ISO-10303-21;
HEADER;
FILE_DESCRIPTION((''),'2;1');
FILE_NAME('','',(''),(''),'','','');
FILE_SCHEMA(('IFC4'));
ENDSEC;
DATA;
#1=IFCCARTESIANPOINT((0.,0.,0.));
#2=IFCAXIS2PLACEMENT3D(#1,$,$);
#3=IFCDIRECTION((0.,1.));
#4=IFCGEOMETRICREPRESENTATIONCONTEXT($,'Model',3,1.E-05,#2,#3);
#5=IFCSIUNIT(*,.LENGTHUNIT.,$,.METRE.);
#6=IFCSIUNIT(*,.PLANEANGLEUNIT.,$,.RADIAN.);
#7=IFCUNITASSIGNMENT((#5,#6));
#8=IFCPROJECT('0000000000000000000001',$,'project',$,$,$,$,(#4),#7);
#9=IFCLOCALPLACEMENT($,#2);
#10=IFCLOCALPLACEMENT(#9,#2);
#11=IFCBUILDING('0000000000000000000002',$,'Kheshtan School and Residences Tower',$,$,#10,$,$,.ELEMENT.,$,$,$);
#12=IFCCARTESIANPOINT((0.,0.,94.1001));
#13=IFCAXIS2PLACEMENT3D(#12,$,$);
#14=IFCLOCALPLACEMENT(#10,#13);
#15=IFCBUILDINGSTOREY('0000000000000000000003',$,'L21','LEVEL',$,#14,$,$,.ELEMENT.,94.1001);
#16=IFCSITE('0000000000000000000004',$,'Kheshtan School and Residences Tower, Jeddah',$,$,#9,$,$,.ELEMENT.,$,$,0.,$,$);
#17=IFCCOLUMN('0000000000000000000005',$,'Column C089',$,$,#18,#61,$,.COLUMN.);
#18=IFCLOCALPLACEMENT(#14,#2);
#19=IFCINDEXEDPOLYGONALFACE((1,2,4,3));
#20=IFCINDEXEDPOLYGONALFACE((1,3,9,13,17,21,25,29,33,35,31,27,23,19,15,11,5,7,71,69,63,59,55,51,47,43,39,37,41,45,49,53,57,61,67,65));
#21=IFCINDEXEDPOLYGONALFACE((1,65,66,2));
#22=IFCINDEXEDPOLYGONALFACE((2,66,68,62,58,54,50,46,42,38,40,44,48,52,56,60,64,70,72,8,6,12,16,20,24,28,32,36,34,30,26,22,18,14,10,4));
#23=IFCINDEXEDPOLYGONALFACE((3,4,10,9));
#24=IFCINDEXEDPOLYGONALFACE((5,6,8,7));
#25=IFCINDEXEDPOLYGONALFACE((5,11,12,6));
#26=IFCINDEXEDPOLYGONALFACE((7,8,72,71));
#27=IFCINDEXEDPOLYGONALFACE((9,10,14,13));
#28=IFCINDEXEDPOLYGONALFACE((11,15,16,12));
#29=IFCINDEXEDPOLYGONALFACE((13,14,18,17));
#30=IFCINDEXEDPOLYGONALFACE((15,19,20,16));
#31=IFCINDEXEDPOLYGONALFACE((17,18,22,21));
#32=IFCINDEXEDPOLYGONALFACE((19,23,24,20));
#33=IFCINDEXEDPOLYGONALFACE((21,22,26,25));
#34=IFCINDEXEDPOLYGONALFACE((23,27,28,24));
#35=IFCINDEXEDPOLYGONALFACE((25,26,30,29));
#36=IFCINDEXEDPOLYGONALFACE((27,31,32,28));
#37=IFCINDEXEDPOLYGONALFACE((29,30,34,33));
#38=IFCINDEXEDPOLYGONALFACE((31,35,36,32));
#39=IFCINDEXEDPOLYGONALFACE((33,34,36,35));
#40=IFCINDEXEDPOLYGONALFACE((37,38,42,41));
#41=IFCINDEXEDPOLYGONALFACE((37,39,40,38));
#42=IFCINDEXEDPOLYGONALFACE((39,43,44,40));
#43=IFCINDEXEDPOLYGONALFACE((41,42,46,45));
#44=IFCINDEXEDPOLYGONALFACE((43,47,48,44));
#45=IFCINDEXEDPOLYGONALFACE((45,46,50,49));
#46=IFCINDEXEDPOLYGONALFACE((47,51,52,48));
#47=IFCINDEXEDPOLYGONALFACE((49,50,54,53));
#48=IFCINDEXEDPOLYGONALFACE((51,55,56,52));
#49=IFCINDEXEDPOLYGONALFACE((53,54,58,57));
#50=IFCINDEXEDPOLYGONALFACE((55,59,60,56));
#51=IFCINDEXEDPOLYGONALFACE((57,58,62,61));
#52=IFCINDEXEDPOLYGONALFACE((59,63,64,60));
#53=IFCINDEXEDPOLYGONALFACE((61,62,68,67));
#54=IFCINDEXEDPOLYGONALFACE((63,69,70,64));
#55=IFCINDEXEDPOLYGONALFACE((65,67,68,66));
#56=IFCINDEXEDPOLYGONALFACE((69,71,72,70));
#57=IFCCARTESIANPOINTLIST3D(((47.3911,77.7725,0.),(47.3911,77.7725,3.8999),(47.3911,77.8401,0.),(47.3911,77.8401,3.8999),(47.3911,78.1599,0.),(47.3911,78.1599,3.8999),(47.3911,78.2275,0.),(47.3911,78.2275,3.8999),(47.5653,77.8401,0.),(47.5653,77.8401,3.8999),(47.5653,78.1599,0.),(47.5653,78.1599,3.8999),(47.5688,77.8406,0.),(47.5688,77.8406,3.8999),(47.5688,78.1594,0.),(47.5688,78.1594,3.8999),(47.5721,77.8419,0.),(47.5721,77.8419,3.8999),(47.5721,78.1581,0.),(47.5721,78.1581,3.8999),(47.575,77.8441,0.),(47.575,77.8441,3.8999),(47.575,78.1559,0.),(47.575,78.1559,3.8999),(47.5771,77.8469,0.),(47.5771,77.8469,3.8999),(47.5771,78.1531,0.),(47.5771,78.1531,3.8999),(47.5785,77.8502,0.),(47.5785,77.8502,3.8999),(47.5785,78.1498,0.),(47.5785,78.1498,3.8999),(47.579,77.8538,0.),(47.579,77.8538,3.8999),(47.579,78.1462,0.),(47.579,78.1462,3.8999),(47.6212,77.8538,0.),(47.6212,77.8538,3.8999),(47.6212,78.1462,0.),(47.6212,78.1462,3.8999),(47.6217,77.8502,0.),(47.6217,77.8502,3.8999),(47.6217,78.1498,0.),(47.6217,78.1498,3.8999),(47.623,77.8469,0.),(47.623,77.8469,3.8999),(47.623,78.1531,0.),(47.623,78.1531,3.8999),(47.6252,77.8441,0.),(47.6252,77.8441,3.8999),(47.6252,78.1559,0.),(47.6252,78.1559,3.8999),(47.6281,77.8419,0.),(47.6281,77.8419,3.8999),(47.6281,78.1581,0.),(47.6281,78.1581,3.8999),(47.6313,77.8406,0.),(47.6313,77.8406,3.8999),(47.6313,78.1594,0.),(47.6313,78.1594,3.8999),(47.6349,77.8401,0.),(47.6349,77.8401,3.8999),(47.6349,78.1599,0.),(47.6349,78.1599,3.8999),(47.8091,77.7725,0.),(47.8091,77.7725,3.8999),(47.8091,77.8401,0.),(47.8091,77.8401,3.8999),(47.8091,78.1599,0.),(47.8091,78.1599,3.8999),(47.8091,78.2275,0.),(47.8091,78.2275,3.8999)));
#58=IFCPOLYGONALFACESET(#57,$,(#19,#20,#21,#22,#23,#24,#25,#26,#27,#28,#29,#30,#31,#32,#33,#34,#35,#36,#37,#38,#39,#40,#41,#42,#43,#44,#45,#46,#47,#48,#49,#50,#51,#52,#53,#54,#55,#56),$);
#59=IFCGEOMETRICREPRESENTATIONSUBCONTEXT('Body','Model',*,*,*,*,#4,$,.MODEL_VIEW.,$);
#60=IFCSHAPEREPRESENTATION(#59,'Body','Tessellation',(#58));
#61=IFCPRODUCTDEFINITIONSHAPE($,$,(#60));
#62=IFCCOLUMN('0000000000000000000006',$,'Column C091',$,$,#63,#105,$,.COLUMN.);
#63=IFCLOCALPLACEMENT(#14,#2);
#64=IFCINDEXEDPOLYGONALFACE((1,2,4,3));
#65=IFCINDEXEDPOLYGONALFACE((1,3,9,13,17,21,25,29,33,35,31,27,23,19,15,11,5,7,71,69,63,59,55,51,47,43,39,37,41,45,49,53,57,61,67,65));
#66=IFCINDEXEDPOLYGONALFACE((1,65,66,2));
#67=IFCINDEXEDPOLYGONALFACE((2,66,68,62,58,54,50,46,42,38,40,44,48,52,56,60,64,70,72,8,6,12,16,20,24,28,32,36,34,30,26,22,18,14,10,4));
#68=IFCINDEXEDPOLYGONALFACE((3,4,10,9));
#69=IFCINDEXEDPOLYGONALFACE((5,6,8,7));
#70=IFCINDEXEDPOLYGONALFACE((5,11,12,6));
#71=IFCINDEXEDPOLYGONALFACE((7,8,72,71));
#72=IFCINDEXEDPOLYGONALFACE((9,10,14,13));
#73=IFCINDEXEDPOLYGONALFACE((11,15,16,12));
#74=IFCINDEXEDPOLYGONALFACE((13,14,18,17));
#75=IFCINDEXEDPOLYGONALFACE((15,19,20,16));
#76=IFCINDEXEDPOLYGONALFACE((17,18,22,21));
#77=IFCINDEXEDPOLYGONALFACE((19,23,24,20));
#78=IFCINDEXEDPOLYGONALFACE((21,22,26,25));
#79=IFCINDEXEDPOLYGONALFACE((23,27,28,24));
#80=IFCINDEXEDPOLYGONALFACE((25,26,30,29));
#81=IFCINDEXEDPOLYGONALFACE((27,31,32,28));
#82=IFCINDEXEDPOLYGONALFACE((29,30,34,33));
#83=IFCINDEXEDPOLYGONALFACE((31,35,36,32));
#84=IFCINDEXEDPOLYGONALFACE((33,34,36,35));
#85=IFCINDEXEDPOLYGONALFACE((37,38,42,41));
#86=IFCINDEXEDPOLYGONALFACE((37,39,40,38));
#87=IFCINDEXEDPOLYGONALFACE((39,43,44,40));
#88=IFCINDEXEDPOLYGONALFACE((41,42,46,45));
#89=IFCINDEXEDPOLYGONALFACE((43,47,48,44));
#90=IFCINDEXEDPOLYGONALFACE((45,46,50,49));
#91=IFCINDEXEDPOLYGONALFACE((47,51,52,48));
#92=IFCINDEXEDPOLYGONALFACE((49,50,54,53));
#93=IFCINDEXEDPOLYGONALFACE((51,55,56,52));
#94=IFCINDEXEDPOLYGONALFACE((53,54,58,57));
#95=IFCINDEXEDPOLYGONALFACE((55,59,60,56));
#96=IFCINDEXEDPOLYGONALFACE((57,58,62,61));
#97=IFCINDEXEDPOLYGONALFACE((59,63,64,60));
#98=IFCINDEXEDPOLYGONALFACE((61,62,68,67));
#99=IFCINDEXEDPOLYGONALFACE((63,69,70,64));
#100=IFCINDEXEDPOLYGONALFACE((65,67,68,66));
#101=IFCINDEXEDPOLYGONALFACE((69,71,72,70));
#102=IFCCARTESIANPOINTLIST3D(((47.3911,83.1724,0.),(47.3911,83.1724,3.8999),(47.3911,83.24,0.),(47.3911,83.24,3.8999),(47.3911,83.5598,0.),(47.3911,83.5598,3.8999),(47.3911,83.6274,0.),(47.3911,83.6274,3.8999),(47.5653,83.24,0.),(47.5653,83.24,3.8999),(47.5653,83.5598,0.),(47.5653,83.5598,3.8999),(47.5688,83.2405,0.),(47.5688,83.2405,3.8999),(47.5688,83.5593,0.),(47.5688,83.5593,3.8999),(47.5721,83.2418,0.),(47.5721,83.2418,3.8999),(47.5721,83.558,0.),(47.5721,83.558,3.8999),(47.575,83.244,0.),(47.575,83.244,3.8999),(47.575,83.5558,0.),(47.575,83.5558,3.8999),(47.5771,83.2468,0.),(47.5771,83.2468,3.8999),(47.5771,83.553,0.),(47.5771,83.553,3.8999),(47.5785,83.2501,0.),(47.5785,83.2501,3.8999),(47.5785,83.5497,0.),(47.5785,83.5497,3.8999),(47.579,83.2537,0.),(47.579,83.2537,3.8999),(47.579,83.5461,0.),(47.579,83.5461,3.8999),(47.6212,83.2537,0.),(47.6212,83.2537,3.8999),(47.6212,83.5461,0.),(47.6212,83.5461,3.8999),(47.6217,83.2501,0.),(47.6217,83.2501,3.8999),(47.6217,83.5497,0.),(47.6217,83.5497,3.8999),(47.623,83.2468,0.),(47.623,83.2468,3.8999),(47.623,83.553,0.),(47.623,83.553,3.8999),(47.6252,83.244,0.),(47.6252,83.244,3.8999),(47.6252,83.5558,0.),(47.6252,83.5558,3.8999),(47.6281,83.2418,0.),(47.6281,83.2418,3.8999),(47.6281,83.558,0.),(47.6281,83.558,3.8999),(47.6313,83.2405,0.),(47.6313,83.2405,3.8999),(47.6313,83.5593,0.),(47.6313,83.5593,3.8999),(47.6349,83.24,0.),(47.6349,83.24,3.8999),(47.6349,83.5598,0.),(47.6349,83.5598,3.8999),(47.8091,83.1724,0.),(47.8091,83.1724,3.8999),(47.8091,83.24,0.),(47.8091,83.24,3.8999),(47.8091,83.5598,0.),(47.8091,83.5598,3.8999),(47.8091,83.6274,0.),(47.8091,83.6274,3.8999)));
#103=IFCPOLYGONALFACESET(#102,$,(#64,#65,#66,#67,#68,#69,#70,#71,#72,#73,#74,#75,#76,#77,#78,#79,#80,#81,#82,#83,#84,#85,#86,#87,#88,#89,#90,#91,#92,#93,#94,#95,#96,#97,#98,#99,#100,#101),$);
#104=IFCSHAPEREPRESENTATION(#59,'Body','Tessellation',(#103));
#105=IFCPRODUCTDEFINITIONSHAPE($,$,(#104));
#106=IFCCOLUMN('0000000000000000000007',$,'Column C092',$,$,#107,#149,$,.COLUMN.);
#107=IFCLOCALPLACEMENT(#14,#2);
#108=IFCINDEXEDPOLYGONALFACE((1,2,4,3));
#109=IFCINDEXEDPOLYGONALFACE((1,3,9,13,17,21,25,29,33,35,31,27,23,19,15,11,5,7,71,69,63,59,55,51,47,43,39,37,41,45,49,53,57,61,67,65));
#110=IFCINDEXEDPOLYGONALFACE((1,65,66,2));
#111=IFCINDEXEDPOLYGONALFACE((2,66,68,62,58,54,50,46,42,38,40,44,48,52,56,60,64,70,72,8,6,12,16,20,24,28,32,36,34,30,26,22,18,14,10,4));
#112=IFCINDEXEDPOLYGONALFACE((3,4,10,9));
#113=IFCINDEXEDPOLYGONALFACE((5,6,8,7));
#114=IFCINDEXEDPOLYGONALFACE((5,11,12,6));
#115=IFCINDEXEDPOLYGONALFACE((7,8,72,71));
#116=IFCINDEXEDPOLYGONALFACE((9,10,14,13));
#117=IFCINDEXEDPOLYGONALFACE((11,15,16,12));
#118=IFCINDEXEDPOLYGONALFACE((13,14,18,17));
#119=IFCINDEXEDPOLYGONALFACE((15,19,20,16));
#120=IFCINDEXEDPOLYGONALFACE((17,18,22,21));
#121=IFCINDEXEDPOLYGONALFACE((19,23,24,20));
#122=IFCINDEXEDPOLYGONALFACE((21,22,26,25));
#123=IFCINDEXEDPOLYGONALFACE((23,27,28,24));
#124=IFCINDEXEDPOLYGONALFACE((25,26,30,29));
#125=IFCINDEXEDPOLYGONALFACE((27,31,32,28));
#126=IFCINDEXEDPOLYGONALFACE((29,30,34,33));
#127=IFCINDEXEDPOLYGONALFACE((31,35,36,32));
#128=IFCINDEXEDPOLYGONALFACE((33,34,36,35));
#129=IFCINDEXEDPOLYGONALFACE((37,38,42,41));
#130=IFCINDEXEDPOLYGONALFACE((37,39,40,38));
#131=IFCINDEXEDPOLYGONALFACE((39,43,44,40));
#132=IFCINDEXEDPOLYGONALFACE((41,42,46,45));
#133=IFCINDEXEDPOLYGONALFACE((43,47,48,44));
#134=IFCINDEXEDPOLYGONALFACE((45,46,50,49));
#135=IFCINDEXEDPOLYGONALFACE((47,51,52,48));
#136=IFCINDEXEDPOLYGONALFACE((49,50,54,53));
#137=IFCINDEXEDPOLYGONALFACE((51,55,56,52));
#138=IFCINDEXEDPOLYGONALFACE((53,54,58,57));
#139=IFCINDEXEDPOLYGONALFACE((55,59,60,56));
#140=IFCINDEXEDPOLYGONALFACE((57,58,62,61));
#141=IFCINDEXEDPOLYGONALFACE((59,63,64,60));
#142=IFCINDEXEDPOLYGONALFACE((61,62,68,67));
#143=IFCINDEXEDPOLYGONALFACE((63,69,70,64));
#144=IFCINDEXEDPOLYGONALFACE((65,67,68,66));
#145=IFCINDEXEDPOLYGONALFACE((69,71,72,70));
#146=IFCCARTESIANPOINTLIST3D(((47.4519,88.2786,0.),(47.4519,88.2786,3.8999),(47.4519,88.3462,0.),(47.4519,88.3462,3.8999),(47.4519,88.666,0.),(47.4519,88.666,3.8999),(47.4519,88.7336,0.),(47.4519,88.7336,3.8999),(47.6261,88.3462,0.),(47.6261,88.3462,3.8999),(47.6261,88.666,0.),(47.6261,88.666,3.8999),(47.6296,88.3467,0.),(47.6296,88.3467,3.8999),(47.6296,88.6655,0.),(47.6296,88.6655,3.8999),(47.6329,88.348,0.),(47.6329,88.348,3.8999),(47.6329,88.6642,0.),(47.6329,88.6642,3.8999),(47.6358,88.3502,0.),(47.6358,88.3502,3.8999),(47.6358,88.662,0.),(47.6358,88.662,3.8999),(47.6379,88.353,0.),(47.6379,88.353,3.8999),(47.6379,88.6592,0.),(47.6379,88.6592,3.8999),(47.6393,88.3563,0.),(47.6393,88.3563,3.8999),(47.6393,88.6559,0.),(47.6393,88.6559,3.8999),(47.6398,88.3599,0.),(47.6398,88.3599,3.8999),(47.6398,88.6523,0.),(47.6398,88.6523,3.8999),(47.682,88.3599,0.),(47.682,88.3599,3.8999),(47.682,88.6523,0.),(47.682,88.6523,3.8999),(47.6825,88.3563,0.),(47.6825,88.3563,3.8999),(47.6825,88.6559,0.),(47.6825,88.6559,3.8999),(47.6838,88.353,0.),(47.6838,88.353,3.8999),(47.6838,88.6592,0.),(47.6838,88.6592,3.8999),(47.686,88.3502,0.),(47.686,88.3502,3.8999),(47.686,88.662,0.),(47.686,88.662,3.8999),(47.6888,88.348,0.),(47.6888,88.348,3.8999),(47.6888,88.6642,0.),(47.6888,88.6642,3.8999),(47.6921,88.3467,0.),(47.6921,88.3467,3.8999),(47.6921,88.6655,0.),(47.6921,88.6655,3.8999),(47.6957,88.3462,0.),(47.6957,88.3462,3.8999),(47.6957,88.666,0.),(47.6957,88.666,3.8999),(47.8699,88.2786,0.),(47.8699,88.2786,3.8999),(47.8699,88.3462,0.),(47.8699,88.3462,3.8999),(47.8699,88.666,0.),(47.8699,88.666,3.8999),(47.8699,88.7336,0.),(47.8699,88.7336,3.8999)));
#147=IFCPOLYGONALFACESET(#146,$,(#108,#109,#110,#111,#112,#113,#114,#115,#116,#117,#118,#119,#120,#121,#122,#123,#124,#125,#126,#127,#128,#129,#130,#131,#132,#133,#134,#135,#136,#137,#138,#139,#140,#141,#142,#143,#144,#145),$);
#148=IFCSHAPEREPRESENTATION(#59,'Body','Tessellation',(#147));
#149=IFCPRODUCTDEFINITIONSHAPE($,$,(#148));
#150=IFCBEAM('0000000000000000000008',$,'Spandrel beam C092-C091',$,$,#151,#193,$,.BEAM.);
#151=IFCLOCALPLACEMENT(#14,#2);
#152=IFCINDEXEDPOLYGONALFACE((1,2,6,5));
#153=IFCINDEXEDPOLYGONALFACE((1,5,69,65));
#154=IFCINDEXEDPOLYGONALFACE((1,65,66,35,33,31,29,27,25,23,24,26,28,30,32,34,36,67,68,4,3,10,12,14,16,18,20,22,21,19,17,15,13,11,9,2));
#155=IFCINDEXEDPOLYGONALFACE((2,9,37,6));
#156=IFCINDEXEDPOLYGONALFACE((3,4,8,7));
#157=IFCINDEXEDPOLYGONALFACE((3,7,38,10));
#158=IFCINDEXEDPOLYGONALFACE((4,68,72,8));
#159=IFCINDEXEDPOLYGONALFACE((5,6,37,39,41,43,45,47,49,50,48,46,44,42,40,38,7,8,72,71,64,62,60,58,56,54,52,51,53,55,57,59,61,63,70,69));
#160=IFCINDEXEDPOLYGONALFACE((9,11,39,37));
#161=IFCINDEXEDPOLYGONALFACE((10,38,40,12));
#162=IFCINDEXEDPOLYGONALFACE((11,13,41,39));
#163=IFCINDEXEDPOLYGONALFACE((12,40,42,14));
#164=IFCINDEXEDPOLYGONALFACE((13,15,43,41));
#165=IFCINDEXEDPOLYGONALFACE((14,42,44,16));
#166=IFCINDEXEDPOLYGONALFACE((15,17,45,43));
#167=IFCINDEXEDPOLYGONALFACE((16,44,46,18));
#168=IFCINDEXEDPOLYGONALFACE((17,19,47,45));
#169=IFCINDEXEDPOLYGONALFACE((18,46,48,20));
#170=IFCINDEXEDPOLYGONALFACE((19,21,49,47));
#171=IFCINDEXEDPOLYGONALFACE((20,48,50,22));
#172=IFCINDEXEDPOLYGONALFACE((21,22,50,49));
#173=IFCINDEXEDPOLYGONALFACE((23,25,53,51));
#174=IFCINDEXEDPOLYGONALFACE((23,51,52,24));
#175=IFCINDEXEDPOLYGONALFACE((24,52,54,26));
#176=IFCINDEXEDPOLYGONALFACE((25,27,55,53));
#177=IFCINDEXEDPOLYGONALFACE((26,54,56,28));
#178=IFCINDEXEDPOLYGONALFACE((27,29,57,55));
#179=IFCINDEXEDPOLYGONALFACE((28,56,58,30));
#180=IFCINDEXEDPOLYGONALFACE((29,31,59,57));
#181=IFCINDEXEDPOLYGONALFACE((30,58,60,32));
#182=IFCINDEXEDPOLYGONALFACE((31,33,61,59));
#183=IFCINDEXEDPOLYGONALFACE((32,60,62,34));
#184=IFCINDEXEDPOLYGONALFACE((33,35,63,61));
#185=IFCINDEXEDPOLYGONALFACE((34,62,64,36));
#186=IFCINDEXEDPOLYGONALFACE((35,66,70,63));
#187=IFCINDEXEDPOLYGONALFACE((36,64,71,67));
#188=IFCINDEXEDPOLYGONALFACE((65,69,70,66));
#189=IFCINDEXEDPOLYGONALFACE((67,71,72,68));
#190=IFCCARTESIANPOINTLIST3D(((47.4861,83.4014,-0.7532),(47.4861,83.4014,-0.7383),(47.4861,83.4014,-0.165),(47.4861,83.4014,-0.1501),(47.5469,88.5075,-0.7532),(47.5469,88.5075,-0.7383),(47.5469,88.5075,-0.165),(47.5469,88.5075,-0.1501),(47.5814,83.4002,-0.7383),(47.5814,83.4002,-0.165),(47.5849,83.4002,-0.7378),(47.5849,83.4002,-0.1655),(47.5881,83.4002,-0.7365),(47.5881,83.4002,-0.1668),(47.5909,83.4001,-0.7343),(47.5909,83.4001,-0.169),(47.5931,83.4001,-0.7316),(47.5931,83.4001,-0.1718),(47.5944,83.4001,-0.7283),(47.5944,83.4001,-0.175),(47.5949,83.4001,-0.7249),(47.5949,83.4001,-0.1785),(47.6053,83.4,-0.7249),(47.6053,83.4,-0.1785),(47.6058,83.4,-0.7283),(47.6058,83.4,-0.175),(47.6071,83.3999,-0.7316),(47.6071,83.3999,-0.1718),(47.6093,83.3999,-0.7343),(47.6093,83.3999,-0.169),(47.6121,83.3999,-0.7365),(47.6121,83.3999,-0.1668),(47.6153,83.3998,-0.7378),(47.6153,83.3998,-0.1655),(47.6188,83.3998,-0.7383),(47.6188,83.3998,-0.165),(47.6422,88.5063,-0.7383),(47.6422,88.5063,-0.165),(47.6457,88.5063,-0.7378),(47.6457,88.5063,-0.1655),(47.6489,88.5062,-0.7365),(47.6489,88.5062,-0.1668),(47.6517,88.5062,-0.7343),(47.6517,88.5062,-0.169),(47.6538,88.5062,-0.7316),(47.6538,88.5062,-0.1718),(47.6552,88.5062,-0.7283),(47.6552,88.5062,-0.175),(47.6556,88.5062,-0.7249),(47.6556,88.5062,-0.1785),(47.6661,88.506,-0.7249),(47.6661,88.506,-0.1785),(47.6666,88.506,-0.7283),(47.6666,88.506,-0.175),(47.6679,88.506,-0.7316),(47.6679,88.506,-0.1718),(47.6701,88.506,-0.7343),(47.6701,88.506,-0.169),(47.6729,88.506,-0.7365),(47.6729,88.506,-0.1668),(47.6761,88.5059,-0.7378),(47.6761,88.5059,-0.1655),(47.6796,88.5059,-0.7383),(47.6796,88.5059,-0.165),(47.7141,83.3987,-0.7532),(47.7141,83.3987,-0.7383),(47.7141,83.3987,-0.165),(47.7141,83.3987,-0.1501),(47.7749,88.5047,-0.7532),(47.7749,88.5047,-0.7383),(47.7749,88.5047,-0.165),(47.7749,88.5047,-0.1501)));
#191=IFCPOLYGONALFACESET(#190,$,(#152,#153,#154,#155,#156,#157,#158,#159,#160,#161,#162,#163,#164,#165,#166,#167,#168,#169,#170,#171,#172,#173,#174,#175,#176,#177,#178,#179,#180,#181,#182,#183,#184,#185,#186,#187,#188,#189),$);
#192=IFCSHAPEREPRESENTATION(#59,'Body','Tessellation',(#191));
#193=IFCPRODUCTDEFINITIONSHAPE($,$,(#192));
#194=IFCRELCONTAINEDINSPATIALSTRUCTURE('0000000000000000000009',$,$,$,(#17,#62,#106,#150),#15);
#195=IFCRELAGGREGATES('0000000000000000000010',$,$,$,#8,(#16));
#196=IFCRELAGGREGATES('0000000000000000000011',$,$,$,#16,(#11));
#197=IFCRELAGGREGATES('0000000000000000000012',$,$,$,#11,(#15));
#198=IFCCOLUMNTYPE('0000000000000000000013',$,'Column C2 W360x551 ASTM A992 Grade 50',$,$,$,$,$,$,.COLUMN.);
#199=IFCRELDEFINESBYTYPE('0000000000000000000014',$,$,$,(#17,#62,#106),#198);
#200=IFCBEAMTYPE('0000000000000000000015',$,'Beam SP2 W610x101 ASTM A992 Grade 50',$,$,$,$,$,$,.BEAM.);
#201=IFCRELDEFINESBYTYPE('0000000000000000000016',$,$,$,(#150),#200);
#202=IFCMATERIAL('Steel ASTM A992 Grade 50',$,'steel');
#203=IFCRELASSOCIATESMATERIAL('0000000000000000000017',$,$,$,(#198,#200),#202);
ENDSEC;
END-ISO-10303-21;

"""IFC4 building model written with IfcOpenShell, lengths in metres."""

from ifc_helpers import new_model, si_unit, direction, frame, origin, origin_2d, place, context, subcontext, project, spatial, i_section, extrude, material, material_profile, profile_set, type_object, element, save


model = new_model("IFC4")

# Units and contexts
model_context = context("Model", 3, precision=1e-05, world=origin(), true_north=direction((0.0, 1.0)))
body_context = subcontext(model_context, "Body", "Model", "MODEL_VIEW")
ifc_project = project(units=[si_unit("LENGTHUNIT", "METRE"), si_unit("PLANEANGLEUNIT", "RADIAN")], contexts=[model_context])

# Site, building, storey
site_placement = place(None, origin())
site = spatial("IfcSite", under=ifc_project, at=site_placement, Name="Kheshtan School and Residences Tower, Jeddah", CompositionType="ELEMENT", RefElevation=0.0)
building_placement = place(site_placement, origin())
building = spatial("IfcBuilding", under=site, at=building_placement, Name="Kheshtan School and Residences Tower", CompositionType="ELEMENT")
storey_placement = place(building_placement, frame((0.0, 0.0, 94.1001)))
storey = spatial("IfcBuildingStorey", under=building, at=storey_placement, Name="L21", Description="LEVEL", CompositionType="ELEMENT", Elevation=94.1001)

# Columns
ifc_material_1 = material(Name="Steel ASTM A992 Grade 50", Category="steel")
ifc_material_profile_1 = material_profile(ifc_material_1, i_section(OverallWidth=0.418, OverallDepth=0.4551, WebThickness=0.0422, FlangeThickness=0.0676, FilletRadius=0.0137, at=origin_2d()), Name="W360x551")
ifc_profile_set_1 = profile_set([ifc_material_profile_1], Name="Steel ASTM A992 Grade 50")
column_type = type_object("IfcColumnType", Name="Column C2 W360x551 ASTM A992 Grade 50", PredefinedType="COLUMN", material=ifc_profile_set_1)
for number, where, z_axis, x_axis, name in (
    (1, (47.6001, 78.0, 0.0), (0.0, 0.0, 1.0), (1.0, 0.0, 0.0), "Column C089"),
    (2, (47.6001, 83.3999, 0.0), (0.0, 0.0, 1.0), (1.0, 0.0, 0.0), "Column C091"),
    (3, (47.6609, 88.5061, 0.0), (0.0, 0.0, 1.0), (1.0, 0.0, 0.0), "Column C092"),
):
    element("IfcColumn", number, at=place(storey_placement, frame(where, z_axis=z_axis, x_axis=x_axis)), inside=storey, type_object=column_type, Name=name, PredefinedType="COLUMN", context=body_context, shape_type="SweptSolid", body=[
        extrude(i_section(OverallWidth=0.418, OverallDepth=0.4551, WebThickness=0.0422, FlangeThickness=0.0676, FilletRadius=0.0137, at=origin_2d()), origin(), (0.0, 0.0, 1.0), 3.8999),
    ])

# Beam
ifc_material_profile_2 = material_profile(ifc_material_1, i_section(OverallWidth=0.228, OverallDepth=0.603, WebThickness=0.0105, FlangeThickness=0.0149, FilletRadius=0.0134, at=origin_2d()), Name="W610x101")
ifc_profile_set_2 = profile_set([ifc_material_profile_2], Name="Steel ASTM A992 Grade 50")
beam_type = type_object("IfcBeamType", Name="Beam SP2 W610x101 ASTM A992 Grade 50", PredefinedType="BEAM", material=ifc_profile_set_2)
beam_placement = place(storey_placement, frame((47.6609, 88.5061, -0.4517), z_axis=(-0.011904, -0.999929, 0.0), x_axis=(0.999929, -0.011904, 0.0)))
element("IfcBeam", 4, at=beam_placement, inside=storey, type_object=beam_type, Name="Spandrel beam C092-C091", PredefinedType="BEAM", context=body_context, shape_type="SweptSolid", body=[
    extrude(i_section(OverallWidth=0.228, OverallDepth=0.603, WebThickness=0.0105, FlangeThickness=0.0149, FilletRadius=0.0134, at=origin_2d()), origin(), (0.0, 0.0, 1.0), 5.1064),
])

save(model, "model.ifc")
